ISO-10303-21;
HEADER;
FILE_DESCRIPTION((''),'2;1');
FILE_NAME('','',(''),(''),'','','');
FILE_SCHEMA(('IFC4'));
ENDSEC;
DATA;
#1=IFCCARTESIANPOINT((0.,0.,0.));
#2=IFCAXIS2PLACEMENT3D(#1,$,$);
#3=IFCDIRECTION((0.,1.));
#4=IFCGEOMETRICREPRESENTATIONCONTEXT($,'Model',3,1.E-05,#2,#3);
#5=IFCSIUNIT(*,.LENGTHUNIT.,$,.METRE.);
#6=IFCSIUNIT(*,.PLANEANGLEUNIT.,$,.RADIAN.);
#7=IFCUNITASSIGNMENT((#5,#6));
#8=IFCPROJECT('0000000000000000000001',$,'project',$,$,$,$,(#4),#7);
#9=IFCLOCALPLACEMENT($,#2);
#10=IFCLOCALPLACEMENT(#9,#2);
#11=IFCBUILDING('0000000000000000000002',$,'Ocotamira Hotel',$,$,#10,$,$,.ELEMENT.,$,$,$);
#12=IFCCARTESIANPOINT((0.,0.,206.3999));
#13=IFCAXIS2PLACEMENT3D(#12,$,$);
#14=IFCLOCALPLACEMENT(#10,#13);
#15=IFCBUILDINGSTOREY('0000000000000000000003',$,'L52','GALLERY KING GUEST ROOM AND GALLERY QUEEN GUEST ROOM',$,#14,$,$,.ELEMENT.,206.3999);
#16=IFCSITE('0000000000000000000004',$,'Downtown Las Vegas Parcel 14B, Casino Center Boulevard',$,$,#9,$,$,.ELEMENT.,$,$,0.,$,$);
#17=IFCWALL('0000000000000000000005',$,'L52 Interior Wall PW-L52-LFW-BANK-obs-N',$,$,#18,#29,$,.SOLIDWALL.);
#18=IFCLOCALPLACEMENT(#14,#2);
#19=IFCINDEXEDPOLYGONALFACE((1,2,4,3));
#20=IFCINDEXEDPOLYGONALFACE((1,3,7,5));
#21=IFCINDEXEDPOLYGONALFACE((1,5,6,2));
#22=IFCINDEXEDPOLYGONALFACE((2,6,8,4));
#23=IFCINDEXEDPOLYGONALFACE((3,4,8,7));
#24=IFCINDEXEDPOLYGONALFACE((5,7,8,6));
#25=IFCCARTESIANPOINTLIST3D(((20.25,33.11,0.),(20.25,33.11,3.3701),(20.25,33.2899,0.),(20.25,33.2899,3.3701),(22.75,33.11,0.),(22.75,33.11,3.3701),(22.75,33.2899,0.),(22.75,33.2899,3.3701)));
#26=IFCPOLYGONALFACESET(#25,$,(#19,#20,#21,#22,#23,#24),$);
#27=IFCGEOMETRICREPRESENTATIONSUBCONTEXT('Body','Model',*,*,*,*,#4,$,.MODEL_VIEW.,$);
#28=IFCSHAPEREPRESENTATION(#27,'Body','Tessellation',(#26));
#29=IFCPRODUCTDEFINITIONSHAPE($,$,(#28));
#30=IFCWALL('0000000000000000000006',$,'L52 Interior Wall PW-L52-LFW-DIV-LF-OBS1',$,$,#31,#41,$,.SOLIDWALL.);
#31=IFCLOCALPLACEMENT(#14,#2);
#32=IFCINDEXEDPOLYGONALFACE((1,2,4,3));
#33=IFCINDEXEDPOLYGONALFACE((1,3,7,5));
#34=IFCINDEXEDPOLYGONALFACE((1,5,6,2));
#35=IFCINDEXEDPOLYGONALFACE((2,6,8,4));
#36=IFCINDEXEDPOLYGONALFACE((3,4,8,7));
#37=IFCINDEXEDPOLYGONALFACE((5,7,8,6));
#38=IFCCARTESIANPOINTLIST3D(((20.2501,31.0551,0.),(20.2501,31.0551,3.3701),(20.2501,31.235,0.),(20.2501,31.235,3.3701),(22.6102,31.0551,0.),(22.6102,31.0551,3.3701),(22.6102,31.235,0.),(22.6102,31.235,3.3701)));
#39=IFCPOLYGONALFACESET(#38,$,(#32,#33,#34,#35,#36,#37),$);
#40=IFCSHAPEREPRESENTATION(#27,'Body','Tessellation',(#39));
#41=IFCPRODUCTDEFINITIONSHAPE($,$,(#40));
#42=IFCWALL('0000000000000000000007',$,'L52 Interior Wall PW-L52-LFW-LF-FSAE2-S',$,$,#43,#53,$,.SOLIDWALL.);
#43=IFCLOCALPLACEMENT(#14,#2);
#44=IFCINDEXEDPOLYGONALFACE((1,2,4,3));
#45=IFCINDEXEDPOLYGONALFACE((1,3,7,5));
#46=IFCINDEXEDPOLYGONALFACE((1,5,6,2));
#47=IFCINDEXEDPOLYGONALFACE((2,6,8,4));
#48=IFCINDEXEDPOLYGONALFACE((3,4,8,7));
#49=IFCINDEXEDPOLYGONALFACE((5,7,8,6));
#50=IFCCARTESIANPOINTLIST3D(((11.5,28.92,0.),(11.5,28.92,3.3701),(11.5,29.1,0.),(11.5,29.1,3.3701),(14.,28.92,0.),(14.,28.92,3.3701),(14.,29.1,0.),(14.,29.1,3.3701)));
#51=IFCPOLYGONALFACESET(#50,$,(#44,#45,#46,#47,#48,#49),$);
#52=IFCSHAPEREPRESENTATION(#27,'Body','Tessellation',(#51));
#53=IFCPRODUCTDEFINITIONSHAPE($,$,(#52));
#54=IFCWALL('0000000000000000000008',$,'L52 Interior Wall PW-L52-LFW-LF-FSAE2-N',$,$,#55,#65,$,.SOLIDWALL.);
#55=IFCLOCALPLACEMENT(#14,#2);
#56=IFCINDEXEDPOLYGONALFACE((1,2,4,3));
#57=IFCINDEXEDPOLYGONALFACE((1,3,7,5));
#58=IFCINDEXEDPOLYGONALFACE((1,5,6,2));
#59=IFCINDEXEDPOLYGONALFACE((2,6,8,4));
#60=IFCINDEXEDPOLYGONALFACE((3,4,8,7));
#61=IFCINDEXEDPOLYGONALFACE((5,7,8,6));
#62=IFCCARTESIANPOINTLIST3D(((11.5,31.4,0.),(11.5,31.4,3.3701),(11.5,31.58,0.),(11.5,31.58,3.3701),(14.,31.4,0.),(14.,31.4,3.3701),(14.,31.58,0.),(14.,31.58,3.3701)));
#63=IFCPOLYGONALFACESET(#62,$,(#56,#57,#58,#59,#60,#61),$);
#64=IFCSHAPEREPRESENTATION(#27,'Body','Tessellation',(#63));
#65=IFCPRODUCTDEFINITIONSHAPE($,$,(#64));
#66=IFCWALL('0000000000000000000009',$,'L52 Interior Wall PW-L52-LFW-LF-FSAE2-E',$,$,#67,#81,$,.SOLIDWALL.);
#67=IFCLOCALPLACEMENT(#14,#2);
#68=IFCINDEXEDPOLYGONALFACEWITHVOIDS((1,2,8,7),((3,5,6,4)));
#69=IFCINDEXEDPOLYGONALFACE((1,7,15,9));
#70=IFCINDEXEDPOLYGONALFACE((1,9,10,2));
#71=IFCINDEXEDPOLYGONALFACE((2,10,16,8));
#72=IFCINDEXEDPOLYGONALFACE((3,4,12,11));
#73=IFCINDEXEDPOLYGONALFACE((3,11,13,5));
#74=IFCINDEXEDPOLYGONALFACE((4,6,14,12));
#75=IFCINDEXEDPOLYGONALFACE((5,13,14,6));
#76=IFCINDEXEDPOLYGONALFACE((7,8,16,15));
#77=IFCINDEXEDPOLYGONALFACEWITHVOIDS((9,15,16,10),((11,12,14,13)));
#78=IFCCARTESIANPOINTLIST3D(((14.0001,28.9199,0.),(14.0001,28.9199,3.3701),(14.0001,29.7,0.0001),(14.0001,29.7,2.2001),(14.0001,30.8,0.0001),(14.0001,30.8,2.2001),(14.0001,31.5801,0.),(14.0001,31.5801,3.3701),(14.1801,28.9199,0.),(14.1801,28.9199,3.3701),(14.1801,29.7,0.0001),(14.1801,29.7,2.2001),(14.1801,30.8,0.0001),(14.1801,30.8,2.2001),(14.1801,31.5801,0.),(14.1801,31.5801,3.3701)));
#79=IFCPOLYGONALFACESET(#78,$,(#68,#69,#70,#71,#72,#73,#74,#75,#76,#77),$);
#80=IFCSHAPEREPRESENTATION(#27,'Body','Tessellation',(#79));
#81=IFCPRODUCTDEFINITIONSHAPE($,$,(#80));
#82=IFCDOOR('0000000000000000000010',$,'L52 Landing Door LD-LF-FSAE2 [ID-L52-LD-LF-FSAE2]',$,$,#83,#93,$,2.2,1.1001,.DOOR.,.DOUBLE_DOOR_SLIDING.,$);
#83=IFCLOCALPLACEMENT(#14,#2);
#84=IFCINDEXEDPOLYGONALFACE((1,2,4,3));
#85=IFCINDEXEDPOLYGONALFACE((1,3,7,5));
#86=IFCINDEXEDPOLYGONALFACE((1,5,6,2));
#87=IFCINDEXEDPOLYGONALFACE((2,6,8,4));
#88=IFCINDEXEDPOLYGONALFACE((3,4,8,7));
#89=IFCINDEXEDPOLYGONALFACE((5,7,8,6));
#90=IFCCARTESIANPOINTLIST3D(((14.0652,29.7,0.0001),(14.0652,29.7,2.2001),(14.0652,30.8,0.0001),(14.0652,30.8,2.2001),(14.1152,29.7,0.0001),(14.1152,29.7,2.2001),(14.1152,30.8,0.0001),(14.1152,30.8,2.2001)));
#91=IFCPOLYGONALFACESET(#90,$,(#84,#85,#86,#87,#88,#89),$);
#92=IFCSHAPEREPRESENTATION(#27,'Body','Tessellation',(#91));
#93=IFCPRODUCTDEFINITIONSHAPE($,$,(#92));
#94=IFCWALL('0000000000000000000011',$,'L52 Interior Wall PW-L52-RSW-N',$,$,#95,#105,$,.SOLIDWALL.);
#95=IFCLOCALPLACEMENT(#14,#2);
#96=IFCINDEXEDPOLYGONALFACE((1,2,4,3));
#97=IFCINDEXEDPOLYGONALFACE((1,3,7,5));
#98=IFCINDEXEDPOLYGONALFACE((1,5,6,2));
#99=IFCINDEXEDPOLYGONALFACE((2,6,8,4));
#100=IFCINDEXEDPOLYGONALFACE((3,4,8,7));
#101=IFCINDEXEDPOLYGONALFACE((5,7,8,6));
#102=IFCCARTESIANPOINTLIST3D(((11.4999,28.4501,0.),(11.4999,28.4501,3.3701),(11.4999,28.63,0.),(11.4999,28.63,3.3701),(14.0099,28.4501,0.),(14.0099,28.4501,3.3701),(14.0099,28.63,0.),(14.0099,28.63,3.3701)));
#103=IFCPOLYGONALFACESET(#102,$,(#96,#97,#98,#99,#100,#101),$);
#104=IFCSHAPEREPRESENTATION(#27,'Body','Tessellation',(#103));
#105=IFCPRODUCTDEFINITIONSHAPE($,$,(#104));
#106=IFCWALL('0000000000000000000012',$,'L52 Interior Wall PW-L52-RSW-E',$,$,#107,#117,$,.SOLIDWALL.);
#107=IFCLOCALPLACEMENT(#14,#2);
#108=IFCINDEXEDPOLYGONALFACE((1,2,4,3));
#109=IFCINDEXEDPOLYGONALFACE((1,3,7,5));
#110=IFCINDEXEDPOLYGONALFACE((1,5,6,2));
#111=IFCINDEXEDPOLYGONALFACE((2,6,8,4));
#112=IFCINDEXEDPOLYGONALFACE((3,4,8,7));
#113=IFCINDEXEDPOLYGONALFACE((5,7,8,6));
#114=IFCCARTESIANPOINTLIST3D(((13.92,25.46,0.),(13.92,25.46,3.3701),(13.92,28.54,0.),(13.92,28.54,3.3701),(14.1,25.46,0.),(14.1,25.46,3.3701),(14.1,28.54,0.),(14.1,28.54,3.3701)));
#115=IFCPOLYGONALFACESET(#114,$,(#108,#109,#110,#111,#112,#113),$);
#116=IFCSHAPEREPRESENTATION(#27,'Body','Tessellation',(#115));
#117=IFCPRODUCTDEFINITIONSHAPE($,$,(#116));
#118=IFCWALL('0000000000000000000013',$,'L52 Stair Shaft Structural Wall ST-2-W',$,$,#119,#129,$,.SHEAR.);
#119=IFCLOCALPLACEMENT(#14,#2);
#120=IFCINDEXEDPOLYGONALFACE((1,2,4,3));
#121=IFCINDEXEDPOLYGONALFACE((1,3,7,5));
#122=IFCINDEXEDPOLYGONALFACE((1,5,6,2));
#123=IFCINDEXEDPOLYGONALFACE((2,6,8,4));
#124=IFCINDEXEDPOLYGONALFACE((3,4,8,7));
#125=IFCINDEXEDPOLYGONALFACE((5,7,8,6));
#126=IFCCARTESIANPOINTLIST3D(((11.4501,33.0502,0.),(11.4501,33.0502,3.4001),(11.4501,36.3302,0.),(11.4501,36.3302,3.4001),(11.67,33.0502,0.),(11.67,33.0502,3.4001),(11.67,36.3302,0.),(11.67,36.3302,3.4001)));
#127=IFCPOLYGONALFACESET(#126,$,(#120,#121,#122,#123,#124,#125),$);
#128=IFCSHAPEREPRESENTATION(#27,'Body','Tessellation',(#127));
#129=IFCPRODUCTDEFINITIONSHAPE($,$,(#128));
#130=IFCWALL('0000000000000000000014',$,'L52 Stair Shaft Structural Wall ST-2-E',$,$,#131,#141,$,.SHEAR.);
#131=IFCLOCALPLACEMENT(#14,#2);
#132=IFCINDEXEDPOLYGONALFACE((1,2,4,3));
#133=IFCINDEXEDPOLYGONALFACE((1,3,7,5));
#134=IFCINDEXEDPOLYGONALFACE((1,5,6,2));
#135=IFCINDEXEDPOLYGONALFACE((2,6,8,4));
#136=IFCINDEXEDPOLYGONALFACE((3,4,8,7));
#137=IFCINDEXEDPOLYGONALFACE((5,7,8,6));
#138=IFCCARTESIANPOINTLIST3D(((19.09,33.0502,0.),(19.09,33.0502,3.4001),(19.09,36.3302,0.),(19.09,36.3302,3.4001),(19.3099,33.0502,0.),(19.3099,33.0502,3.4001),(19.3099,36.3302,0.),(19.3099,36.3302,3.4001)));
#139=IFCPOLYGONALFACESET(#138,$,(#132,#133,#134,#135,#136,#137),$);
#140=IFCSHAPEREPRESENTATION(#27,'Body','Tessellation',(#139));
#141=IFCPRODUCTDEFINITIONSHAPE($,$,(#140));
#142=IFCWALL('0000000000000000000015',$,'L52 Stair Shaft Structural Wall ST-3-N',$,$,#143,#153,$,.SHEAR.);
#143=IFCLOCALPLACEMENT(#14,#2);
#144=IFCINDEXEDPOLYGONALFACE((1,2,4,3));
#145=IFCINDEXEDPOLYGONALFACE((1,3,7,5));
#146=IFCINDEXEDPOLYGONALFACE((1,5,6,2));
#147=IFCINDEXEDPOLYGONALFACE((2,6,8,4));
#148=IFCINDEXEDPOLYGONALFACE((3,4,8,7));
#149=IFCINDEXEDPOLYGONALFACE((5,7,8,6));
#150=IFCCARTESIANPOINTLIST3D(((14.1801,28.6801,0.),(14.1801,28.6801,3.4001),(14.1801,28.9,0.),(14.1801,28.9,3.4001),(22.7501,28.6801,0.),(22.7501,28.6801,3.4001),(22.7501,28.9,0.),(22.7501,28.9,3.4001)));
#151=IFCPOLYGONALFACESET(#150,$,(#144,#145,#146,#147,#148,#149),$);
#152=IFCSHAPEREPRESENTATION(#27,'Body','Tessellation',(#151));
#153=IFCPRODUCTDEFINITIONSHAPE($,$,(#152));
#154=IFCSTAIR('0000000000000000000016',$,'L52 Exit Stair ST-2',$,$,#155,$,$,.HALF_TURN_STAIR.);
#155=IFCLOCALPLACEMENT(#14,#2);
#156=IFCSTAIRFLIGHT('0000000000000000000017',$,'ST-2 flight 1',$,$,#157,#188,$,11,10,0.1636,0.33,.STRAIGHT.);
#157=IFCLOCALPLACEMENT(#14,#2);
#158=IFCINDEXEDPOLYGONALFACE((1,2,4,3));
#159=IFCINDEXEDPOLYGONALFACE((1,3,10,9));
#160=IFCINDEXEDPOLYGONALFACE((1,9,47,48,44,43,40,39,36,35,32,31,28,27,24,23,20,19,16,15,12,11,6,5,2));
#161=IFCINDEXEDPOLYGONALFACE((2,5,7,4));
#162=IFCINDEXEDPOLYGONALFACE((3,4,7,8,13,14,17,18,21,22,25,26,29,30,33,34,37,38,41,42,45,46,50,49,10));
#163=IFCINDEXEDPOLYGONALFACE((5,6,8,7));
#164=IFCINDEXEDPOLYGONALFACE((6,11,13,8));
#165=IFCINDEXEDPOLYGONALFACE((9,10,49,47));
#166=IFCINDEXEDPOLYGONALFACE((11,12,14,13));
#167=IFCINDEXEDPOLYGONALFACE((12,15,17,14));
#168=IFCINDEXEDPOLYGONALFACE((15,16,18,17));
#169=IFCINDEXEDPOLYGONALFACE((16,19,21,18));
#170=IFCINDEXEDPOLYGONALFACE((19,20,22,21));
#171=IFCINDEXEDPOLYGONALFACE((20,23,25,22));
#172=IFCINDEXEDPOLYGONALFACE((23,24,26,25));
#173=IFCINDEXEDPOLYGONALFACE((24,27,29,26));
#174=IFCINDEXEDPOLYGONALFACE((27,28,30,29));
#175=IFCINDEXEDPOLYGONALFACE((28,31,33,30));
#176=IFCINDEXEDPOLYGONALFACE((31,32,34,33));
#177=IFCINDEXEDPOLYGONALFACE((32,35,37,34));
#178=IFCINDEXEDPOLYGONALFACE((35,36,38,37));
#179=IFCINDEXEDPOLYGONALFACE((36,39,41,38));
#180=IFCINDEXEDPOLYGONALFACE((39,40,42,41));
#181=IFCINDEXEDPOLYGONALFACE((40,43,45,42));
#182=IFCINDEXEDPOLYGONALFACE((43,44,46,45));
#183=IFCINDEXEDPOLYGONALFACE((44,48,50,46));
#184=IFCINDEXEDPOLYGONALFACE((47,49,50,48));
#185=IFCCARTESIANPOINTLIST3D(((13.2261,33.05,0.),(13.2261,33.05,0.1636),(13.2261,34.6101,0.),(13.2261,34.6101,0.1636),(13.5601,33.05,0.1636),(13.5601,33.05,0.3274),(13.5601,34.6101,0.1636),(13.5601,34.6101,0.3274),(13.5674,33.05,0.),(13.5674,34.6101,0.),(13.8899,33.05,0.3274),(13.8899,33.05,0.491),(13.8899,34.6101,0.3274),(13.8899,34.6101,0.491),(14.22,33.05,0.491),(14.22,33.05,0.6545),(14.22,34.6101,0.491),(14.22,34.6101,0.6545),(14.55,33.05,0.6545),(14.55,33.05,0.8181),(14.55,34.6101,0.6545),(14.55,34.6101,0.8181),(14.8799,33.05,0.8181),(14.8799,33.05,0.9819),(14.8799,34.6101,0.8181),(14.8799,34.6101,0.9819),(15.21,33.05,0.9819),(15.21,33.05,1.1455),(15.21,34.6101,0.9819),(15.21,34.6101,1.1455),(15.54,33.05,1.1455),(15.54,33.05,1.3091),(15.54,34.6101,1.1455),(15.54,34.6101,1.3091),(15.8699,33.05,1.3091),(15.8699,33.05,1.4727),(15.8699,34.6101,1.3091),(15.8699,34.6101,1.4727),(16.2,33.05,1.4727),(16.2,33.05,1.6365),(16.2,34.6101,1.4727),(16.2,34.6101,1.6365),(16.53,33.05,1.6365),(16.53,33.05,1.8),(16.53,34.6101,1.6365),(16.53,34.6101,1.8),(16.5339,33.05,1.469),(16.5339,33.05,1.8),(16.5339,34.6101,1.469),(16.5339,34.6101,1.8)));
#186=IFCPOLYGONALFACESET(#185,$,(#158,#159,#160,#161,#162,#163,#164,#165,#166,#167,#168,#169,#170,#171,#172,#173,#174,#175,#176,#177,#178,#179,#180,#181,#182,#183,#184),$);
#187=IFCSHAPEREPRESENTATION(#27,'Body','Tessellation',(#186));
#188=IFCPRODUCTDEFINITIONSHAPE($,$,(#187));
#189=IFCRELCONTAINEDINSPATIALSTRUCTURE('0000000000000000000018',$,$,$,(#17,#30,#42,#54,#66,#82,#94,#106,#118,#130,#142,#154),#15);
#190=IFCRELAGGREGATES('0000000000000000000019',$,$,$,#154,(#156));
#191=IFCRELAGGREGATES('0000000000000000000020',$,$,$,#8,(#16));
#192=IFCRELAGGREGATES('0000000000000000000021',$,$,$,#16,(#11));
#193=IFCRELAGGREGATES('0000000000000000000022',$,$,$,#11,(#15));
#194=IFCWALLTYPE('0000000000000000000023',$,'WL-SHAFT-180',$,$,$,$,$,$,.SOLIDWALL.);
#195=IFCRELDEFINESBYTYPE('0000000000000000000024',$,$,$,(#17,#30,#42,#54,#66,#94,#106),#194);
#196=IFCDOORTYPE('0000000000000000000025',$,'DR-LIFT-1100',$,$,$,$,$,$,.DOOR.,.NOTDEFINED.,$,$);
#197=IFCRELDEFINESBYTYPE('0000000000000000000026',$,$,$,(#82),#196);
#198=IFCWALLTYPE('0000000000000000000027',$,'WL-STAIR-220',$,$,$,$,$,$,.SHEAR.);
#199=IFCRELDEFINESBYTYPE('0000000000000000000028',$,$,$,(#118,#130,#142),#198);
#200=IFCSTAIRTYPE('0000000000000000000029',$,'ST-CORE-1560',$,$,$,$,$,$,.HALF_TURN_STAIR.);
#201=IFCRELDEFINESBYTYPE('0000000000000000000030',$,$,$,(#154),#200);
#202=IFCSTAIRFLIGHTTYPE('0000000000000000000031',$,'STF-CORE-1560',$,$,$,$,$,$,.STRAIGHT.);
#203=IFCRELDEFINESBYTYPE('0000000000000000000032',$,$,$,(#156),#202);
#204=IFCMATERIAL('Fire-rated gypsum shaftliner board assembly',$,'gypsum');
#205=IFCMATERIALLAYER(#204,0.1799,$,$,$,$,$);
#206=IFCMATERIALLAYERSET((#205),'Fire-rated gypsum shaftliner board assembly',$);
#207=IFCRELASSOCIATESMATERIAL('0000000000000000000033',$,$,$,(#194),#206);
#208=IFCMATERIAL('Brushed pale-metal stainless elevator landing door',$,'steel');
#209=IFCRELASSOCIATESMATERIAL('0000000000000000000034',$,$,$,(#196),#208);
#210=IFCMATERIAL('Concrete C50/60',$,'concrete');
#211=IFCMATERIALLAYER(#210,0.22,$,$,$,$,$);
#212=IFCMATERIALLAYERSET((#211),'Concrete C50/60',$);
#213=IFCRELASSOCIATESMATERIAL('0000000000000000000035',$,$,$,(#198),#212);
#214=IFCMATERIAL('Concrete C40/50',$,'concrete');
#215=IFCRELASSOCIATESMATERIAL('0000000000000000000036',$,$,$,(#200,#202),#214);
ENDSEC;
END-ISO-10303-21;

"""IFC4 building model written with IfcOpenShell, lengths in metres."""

from ifc_helpers import new_model, si_unit, direction, frame, frame_2d, origin, place, context, subcontext, project, spatial, polyline, rectangle, outline, extrude, source, transform, mapped, material, layer, layer_set, type_object, element, fill, aggregate, save


model = new_model("IFC4")

# Units and contexts
model_context = context("Model", 3, precision=1e-05, world=origin(), true_north=direction((0.0, 1.0)))
body_context = subcontext(model_context, "Body", "Model", "MODEL_VIEW")
ifc_project = project(units=[si_unit("LENGTHUNIT", "METRE"), si_unit("PLANEANGLEUNIT", "RADIAN")], contexts=[model_context])

# Site, building, storey
site_placement = place(None, origin())
site = spatial("IfcSite", under=ifc_project, at=site_placement, Name="Downtown Las Vegas Parcel 14B, Casino Center Boulevard", CompositionType="ELEMENT", RefElevation=0.0)
building_placement = place(site_placement, origin())
building = spatial("IfcBuilding", under=site, at=building_placement, Name="Ocotamira Hotel", CompositionType="ELEMENT")
storey_placement = place(building_placement, frame((0.0, 0.0, 206.3999)))
storey = spatial("IfcBuildingStorey", under=building, at=storey_placement, Name="L52", Description="GALLERY KING GUEST ROOM AND GALLERY QUEEN GUEST ROOM", CompositionType="ELEMENT", Elevation=206.3999)

# Walls
ifc_material_1 = material(Name="Fire-rated gypsum shaftliner board assembly", Category="gypsum")
ifc_layer_1 = layer(ifc_material_1, 0.1799)
ifc_layer_set_1 = layer_set([ifc_layer_1], Name="Fire-rated gypsum shaftliner board assembly")
wall_type_1 = type_object("IfcWallType", Name="WL-SHAFT-180", PredefinedType="SOLIDWALL", material=ifc_layer_set_1)
wall_1_placement = place(storey_placement, frame((20.25, 33.2, 0.0), z_axis=(0.0, 0.0, 1.0), x_axis=(1.0, 0.0, 0.0)))
element("IfcWall", 1, at=wall_1_placement, inside=storey, type_object=wall_type_1, Name="L52 Interior Wall PW-L52-LFW-BANK-obs-N", PredefinedType="SOLIDWALL", context=body_context, shape_type="SweptSolid", body=[
    extrude(rectangle(XDim=2.5, YDim=0.1799, at=frame_2d((1.25, 0.0))), origin(), (0.0, 0.0, 1.0), 3.3701),
])
wall_2_placement = place(storey_placement, frame((20.25, 31.145, 0.0), z_axis=(0.0, 0.0, 1.0), x_axis=(1.0, 0.0, 0.0)))
element("IfcWall", 2, at=wall_2_placement, inside=storey, type_object=wall_type_1, Name="L52 Interior Wall PW-L52-LFW-DIV-LF-OBS1", PredefinedType="SOLIDWALL", context=body_context, shape_type="SweptSolid", body=[
    extrude(rectangle(XDim=2.3601, YDim=0.1799, at=frame_2d((1.1802, 0.0))), origin(), (0.0, 0.0, 1.0), 3.3701),
])
for number, where, z_axis, x_axis, name in (
    (3, (11.5, 29.01, 0.0), (0.0, 0.0, 1.0), (1.0, 0.0, 0.0), "L52 Interior Wall PW-L52-LFW-LF-FSAE2-S"),
    (4, (11.5, 31.49, 0.0), (0.0, 0.0, 1.0), (1.0, 0.0, 0.0), "L52 Interior Wall PW-L52-LFW-LF-FSAE2-N"),
):
    element("IfcWall", number, at=place(storey_placement, frame(where, z_axis=z_axis, x_axis=x_axis)), inside=storey, type_object=wall_type_1, Name=name, PredefinedType="SOLIDWALL", context=body_context, shape_type="SweptSolid", body=[
        extrude(rectangle(XDim=2.5, YDim=0.1799, at=frame_2d((1.25, 0.0))), origin(), (0.0, 0.0, 1.0), 3.3701),
    ])

# Wall, opening, door
wall_3_placement = place(storey_placement, frame((14.0901, 28.9199, 0.0), z_axis=(0.0, 0.0, 1.0), x_axis=(0.0, 1.0, 0.0)))
wall_3 = element("IfcWall", 5, at=wall_3_placement, inside=storey, type_object=wall_type_1, Name="L52 Interior Wall PW-L52-LFW-LF-FSAE2-E", PredefinedType="SOLIDWALL", context=body_context, shape_type="SweptSolid", body=[
    extrude(rectangle(XDim=2.6602, YDim=0.1799, at=frame_2d((1.3301, 0.0))), origin(), (0.0, 0.0, 1.0), 3.3701),
])
opening_1_placement = place(wall_3_placement, frame((0.78, 0.0, 0.0)))
opening_1 = element("IfcOpeningElement", 6, at=opening_1_placement, cuts=wall_3, PredefinedType="OPENING", context=body_context, shape_type="SweptSolid", body=[
    extrude(rectangle(XDim=1.1001, YDim=2.2, at=frame_2d((0.55, 1.1001))), frame((0.0, 0.1001, 0.0), z_axis=(0.0, -1.0, 0.0), x_axis=(1.0, 0.0, 0.0)), (0.0, 0.0, 1.0), 0.2),
])
ifc_material_2 = material(Name="Brushed pale-metal stainless elevator landing door", Category="steel")
door_type_1 = type_object("IfcDoorType", Name="DR-LIFT-1100", OperationType="NOTDEFINED", PredefinedType="DOOR", material=ifc_material_2)
shared_shape_1 = source(origin(), body_context, "Body", "SweptSolid", [
    extrude(rectangle(XDim=1.1001, YDim=2.2, at=frame_2d((0.55, 1.1001))), frame((0.0, 0.0249, 0.0), z_axis=(0.0, -1.0, 0.0), x_axis=(1.0, 0.0, 0.0)), (0.0, 0.0, 1.0), 0.05),
])
door_1_placement = place(opening_1_placement, origin())
door_1 = element("IfcDoor", 7, at=door_1_placement, inside=storey, type_object=door_type_1, Name="L52 Landing Door LD-LF-FSAE2 [ID-L52-LD-LF-FSAE2]", OperationType="DOUBLE_DOOR_SLIDING", OverallHeight=2.2, OverallWidth=1.1001, PredefinedType="DOOR", context=body_context, shape_type="MappedRepresentation", body=[
    mapped(shared_shape_1, transform((0.0, 0.0, 0.0), scale=1.0)),
])
fill(opening_1, door_1)

# Walls
wall_4_placement = place(storey_placement, frame((11.5, 28.54, 0.0), z_axis=(0.0, 0.0, 1.0), x_axis=(1.0, 0.0, 0.0)))
element("IfcWall", 8, at=wall_4_placement, inside=storey, type_object=wall_type_1, Name="L52 Interior Wall PW-L52-RSW-N", PredefinedType="SOLIDWALL", context=body_context, shape_type="SweptSolid", body=[
    extrude(rectangle(XDim=2.51, YDim=0.1799, at=frame_2d((1.2549, 0.0))), origin(), (0.0, 0.0, 1.0), 3.3701),
])
wall_5_placement = place(storey_placement, frame((14.01, 25.46, 0.0), z_axis=(0.0, 0.0, 1.0), x_axis=(0.0, 1.0, 0.0)))
element("IfcWall", 9, at=wall_5_placement, inside=storey, type_object=wall_type_1, Name="L52 Interior Wall PW-L52-RSW-E", PredefinedType="SOLIDWALL", context=body_context, shape_type="SweptSolid", body=[
    extrude(rectangle(XDim=3.0801, YDim=0.1799, at=frame_2d((1.54, 0.0))), origin(), (0.0, 0.0, 1.0), 3.3701),
])
ifc_material_3 = material(Name="Concrete C50/60", Category="concrete")
ifc_layer_2 = layer(ifc_material_3, 0.22)
ifc_layer_set_2 = layer_set([ifc_layer_2], Name="Concrete C50/60")
wall_type_2 = type_object("IfcWallType", Name="WL-STAIR-220", PredefinedType="SHEAR", material=ifc_layer_set_2)
for number, where, z_axis, x_axis, name in (
    (10, (11.5601, 33.05, 0.0), (0.0, 0.0, 1.0), (0.0, 1.0, 0.0), "L52 Stair Shaft Structural Wall ST-2-W"),
    (11, (19.2, 33.05, 0.0), (0.0, 0.0, 1.0), (0.0, 1.0, 0.0), "L52 Stair Shaft Structural Wall ST-2-E"),
):
    element("IfcWall", number, at=place(storey_placement, frame(where, z_axis=z_axis, x_axis=x_axis)), inside=storey, type_object=wall_type_2, Name=name, PredefinedType="SHEAR", context=body_context, shape_type="SweptSolid", body=[
        extrude(rectangle(XDim=3.28, YDim=0.22, at=frame_2d((1.6401, 0.0))), origin(), (0.0, 0.0, 1.0), 3.4001),
    ])
wall_6_placement = place(storey_placement, frame((14.1799, 28.79, 0.0), z_axis=(0.0, 0.0, 1.0), x_axis=(1.0, 0.0, 0.0)))
element("IfcWall", 12, at=wall_6_placement, inside=storey, type_object=wall_type_2, Name="L52 Stair Shaft Structural Wall ST-3-N", PredefinedType="SHEAR", context=body_context, shape_type="SweptSolid", body=[
    extrude(rectangle(XDim=8.5701, YDim=0.22, at=frame_2d((4.2852, 0.0))), origin(), (0.0, 0.0, 1.0), 3.4001),
])

# Stair, stair flight
ifc_material_4 = material(Name="Concrete C40/50", Category="concrete")
stair_type = type_object("IfcStairType", Name="ST-CORE-1560", PredefinedType="HALF_TURN_STAIR", material=ifc_material_4)
stair_1_placement = place(storey_placement, origin())
stair_1 = element("IfcStair", 13, at=stair_1_placement, inside=storey, type_object=stair_type, Name="L52 Exit Stair ST-2", PredefinedType="HALF_TURN_STAIR")
stair_flight_type = type_object("IfcStairFlightType", Name="STF-CORE-1560", PredefinedType="STRAIGHT", material=ifc_material_4)
shared_shape_2 = source(origin(), body_context, "Body", "SweptSolid", [
    extrude(outline(polyline([(-0.0039, 0.0), (-0.0039, 0.1636), (0.3301, 0.1636), (0.3301, 0.3274), (0.6599, 0.3274), (0.6599, 0.491), (0.99, 0.491), (0.99, 0.6545), (1.3201, 0.6545), (1.3201, 0.8181), (1.6499, 0.8181), (1.6499, 0.9819), (1.98, 0.9819), (1.98, 1.1455), (2.3101, 1.1455), (2.3101, 1.3091), (2.6399, 1.3091), (2.6399, 1.4727), (2.97, 1.4727), (2.97, 1.6365), (3.3, 1.6365), (3.3, 1.8), (3.304, 1.8), (3.304, 1.469), (0.3374, 0.0), (-0.0039, 0.0)])), frame((0.0, 0.78, 0.0), z_axis=(0.0, -1.0, 0.0), x_axis=(1.0, 0.0, 0.0)), (0.0, 0.0, 1.0), 1.5601),
])
stair_flight_1_placement = place(storey_placement, frame((13.23, 33.8301, 0.0), z_axis=(0.0, 0.0, 1.0), x_axis=(1.0, 0.0, 0.0)))
stair_flight_1 = element("IfcStairFlight", 14, at=stair_flight_1_placement, type_object=stair_flight_type, Name="ST-2 flight 1", NumberOfRisers=11, NumberOfTreads=10, PredefinedType="STRAIGHT", RiserHeight=0.1636, TreadLength=0.33, context=body_context, shape_type="MappedRepresentation", body=[
    mapped(shared_shape_2, transform((0.0, 0.0, 0.0), scale=1.0)),
])
aggregate(stair_1, [stair_flight_1])

save(model, "model.ifc")
